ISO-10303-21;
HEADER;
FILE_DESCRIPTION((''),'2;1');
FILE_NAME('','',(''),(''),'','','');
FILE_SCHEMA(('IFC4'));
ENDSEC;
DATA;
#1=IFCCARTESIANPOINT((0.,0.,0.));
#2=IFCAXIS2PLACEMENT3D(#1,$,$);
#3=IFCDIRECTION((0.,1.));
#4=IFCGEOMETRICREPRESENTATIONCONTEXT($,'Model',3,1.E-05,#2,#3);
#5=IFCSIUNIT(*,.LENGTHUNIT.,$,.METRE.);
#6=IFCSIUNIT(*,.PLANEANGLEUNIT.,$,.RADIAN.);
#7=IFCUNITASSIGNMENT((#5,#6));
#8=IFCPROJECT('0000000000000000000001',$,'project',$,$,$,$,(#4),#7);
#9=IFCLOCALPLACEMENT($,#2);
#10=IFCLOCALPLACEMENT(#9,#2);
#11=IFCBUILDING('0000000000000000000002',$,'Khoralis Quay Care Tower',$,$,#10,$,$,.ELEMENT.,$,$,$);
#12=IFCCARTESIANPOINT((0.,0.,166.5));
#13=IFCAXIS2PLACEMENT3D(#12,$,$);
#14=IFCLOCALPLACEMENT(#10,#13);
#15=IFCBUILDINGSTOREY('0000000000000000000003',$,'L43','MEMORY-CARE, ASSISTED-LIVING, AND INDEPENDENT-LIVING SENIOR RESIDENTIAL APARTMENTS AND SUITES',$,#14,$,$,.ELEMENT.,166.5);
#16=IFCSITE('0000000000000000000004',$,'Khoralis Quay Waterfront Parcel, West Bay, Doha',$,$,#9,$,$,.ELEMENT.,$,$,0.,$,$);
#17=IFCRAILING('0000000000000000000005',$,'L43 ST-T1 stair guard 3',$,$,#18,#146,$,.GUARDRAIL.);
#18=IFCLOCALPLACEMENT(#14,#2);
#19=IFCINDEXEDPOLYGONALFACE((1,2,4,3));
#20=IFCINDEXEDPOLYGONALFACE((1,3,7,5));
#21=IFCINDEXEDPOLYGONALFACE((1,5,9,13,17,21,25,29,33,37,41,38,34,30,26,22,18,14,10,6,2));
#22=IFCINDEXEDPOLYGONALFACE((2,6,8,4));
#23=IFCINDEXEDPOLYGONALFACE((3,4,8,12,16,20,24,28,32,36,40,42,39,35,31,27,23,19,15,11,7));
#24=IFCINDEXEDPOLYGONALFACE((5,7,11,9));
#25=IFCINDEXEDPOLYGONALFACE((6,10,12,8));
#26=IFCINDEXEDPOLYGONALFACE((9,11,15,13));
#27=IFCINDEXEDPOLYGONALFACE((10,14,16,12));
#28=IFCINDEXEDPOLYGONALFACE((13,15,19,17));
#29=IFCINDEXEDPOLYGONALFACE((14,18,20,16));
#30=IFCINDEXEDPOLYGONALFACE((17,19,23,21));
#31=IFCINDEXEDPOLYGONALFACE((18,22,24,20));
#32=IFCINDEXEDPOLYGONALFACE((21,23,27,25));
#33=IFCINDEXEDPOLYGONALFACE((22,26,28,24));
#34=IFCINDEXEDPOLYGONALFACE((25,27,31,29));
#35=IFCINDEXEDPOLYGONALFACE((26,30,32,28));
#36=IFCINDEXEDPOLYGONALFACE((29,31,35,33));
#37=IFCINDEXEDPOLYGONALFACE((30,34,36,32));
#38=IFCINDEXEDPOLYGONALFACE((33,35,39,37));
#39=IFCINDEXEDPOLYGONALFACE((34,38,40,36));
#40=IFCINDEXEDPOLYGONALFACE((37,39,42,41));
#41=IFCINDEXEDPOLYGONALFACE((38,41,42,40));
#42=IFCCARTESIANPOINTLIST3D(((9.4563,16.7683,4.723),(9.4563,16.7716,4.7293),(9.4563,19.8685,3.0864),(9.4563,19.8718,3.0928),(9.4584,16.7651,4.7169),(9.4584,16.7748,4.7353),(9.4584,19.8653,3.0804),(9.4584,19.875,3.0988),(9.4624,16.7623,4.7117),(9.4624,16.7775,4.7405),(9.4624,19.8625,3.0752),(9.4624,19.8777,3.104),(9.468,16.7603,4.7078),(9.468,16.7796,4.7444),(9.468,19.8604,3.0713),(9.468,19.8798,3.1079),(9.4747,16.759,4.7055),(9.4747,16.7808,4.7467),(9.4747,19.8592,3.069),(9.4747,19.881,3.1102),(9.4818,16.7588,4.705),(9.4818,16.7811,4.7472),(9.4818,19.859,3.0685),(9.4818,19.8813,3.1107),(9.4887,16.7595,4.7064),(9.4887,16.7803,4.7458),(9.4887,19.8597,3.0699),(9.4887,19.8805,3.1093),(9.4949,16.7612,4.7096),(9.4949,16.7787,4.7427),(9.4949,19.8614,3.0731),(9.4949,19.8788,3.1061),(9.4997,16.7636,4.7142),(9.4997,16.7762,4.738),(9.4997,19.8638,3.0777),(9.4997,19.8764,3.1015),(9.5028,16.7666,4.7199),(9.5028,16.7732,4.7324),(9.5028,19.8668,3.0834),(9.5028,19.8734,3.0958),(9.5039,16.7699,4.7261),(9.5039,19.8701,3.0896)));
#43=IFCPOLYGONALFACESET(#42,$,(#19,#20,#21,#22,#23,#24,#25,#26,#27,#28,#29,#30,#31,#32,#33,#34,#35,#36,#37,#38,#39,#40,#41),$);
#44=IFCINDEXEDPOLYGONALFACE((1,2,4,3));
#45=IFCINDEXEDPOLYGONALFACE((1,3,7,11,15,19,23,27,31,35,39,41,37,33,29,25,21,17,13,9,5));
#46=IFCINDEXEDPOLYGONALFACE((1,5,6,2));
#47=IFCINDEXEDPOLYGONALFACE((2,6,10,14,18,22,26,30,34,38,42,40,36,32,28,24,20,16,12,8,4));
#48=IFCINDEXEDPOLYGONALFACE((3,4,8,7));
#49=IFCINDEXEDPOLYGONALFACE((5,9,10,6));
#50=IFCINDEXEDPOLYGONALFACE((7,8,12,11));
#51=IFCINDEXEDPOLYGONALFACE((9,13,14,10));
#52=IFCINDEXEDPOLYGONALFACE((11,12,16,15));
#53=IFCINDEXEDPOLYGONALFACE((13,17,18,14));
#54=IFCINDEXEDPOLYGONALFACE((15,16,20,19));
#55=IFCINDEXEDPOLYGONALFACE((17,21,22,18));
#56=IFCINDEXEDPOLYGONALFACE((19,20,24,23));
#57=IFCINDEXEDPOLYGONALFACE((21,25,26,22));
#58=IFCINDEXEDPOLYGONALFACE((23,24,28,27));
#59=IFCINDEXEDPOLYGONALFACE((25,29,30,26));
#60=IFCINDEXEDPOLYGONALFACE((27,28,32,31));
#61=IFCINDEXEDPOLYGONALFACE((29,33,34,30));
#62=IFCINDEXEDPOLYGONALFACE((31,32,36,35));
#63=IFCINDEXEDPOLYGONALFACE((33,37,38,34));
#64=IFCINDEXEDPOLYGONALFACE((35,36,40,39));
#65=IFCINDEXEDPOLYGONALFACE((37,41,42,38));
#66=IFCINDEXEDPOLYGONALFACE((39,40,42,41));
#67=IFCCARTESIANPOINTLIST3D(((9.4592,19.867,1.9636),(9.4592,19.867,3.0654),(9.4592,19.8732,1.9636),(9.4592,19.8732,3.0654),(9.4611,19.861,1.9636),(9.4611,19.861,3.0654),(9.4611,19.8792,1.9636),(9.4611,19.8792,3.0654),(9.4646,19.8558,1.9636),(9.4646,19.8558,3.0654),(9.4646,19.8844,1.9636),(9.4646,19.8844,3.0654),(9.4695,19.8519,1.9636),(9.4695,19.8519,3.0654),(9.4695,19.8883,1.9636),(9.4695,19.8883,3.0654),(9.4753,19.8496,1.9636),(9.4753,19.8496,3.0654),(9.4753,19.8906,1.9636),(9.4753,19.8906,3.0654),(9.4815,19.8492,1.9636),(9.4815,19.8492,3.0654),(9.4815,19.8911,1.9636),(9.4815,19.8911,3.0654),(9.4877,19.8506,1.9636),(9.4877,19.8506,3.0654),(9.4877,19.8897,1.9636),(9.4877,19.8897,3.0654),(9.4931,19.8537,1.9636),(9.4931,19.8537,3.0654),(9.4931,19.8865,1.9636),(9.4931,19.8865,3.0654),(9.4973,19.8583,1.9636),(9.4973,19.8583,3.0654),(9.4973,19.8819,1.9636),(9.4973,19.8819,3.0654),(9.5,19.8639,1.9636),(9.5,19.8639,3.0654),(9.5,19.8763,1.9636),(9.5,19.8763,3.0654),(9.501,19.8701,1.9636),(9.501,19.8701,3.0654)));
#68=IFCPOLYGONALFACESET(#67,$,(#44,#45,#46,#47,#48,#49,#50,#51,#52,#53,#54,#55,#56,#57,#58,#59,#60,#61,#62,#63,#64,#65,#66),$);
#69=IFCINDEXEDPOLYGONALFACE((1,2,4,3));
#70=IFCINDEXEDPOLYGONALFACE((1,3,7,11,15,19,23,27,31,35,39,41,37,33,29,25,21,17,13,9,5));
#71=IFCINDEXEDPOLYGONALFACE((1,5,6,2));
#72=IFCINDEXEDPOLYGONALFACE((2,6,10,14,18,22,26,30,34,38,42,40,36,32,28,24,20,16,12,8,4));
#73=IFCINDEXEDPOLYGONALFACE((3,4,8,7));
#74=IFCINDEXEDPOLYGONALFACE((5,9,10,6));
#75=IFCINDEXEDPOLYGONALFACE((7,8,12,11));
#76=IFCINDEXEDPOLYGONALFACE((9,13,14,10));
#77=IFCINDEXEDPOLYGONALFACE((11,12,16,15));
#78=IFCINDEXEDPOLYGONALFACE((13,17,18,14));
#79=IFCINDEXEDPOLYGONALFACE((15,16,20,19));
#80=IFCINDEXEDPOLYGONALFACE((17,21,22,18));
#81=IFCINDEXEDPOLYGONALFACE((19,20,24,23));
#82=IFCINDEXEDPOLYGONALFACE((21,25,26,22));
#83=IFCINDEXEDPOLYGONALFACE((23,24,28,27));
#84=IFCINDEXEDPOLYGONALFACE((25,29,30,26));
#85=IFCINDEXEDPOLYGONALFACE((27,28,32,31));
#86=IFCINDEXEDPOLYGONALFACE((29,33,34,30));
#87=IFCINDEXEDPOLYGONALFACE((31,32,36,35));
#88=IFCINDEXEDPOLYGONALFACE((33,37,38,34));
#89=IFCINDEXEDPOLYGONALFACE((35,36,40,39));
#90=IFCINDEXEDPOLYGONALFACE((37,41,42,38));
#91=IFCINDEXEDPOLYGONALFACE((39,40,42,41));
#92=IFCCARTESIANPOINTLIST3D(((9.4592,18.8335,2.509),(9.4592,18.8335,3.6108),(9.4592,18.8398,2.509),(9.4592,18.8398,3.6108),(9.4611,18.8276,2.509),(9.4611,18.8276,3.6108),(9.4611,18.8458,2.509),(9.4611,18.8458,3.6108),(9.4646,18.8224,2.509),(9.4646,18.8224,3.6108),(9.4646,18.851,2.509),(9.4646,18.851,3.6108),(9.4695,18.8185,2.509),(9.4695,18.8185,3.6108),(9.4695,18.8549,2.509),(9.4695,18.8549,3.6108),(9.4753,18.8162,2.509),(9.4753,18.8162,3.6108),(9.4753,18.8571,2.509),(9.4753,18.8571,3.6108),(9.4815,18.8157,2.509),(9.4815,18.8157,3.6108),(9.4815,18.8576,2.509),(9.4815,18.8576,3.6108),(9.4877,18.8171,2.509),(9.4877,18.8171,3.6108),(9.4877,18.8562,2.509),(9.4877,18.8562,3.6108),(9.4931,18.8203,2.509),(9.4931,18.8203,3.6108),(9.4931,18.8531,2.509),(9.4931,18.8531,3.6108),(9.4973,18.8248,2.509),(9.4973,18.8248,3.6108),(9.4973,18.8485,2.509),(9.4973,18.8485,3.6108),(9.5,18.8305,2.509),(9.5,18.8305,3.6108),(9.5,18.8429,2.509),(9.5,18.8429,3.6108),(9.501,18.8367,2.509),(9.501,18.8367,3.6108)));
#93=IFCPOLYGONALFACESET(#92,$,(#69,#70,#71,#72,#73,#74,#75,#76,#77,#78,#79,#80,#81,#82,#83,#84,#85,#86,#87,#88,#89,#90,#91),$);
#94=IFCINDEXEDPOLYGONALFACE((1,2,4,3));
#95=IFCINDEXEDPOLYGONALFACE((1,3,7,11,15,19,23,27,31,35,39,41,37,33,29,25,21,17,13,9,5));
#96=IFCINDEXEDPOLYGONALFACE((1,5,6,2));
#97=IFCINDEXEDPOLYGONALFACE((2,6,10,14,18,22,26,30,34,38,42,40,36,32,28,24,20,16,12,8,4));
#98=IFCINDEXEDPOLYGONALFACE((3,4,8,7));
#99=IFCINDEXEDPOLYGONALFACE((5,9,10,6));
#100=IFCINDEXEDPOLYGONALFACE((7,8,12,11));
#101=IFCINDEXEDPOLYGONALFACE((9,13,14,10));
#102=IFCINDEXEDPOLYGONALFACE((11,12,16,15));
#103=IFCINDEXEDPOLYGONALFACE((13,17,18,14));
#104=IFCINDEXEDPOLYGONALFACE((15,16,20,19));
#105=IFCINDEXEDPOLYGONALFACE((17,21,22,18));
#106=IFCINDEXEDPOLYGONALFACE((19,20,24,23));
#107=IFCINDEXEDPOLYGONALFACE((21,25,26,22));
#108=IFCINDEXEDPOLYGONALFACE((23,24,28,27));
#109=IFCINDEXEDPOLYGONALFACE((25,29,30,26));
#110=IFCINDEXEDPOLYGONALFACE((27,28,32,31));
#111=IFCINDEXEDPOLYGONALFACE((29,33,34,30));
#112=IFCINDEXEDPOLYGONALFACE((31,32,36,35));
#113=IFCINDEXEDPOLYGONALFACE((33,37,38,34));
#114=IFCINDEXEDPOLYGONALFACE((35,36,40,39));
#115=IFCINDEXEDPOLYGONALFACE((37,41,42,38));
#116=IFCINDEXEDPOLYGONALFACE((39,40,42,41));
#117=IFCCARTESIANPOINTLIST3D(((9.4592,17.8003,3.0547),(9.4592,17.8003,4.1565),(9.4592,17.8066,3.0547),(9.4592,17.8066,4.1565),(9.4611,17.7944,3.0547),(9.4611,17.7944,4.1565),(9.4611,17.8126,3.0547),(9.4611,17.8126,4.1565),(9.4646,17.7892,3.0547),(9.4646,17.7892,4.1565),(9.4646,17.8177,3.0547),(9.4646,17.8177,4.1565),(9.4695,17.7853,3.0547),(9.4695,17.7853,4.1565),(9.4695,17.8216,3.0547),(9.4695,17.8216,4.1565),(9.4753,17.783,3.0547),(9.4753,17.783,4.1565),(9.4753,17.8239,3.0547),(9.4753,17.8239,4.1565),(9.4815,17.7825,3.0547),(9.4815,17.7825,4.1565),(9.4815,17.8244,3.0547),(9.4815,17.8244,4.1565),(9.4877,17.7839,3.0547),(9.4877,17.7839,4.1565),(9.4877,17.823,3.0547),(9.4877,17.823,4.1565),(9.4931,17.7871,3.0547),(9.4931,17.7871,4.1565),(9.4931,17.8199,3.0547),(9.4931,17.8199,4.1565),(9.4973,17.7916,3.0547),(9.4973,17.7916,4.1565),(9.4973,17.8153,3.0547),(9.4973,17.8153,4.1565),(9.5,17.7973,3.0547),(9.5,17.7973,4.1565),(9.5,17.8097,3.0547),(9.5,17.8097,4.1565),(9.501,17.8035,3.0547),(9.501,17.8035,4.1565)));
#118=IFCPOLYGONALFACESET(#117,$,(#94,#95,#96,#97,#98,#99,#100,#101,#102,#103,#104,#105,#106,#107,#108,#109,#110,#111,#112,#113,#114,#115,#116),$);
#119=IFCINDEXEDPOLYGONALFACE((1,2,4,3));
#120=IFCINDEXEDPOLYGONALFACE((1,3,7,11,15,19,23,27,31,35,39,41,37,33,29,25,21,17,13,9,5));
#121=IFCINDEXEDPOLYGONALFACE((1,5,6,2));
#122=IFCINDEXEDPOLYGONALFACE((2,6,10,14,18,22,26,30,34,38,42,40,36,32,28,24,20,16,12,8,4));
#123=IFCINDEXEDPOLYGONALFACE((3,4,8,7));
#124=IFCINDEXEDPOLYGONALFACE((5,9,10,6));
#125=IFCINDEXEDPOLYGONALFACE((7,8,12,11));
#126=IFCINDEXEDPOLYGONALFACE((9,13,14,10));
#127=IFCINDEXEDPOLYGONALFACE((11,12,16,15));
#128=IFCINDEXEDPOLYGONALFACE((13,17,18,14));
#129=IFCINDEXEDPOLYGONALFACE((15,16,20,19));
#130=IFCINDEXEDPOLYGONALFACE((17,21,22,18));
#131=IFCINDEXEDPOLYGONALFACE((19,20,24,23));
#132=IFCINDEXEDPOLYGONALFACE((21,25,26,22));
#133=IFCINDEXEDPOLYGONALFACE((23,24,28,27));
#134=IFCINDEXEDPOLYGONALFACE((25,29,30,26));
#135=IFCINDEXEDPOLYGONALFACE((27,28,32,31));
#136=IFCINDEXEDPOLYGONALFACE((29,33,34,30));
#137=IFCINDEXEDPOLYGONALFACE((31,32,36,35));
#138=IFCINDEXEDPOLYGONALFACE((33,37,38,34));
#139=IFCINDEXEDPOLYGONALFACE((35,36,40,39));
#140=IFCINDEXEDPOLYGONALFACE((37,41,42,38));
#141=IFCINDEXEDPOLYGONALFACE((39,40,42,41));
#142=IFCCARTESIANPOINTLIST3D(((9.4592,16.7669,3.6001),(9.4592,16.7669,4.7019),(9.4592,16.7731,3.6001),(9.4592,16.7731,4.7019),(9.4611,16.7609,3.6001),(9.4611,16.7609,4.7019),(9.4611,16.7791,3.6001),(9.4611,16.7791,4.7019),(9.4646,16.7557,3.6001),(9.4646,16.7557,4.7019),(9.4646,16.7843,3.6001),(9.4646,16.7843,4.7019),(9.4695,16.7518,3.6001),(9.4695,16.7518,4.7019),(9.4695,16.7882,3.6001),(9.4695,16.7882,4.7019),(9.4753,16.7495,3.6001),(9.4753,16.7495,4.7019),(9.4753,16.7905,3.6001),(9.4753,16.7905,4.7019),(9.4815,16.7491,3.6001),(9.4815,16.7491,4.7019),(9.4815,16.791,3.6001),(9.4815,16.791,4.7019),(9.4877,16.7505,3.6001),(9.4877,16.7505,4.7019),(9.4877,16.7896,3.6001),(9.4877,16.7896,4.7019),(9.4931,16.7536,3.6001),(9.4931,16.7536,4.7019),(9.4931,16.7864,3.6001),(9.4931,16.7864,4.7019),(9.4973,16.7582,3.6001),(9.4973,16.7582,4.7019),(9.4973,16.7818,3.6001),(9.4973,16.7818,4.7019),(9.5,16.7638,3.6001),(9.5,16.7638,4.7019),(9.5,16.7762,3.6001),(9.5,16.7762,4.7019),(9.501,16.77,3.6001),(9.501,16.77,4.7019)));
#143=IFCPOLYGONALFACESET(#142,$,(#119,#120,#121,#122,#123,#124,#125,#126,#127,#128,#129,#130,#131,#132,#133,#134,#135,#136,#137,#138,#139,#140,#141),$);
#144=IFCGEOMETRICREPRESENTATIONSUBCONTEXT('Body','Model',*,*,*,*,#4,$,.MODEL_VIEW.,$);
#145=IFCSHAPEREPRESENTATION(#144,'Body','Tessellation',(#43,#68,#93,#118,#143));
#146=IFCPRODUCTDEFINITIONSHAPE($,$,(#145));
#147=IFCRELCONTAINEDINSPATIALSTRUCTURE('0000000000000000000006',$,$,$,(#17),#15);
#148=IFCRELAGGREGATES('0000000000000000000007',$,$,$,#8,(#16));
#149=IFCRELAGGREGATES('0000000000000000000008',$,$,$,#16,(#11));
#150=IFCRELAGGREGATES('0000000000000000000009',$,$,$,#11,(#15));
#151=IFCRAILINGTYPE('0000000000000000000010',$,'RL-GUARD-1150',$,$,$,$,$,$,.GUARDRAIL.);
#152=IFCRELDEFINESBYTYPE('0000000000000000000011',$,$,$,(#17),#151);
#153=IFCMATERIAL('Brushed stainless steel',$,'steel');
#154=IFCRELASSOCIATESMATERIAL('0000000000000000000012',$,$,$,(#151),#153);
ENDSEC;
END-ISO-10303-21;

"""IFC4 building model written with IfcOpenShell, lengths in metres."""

from ifc_helpers import new_model, si_unit, direction, frame, origin, origin_2d, place, context, subcontext, project, spatial, circle, extrude, material, type_object, element, save


model = new_model("IFC4")

# Units and contexts
model_context = context("Model", 3, precision=1e-05, world=origin(), true_north=direction((0.0, 1.0)))
body_context = subcontext(model_context, "Body", "Model", "MODEL_VIEW")
ifc_project = project(units=[si_unit("LENGTHUNIT", "METRE"), si_unit("PLANEANGLEUNIT", "RADIAN")], contexts=[model_context])

# Site, building, storey
site_placement = place(None, origin())
site = spatial("IfcSite", under=ifc_project, at=site_placement, Name="Khoralis Quay Waterfront Parcel, West Bay, Doha", CompositionType="ELEMENT", RefElevation=0.0)
building_placement = place(site_placement, origin())
building = spatial("IfcBuilding", under=site, at=building_placement, Name="Khoralis Quay Care Tower", CompositionType="ELEMENT")
storey_placement = place(building_placement, frame((0.0, 0.0, 166.5)))
storey = spatial("IfcBuildingStorey", under=building, at=storey_placement, Name="L43", Description="MEMORY-CARE, ASSISTED-LIVING, AND INDEPENDENT-LIVING SENIOR RESIDENTIAL APARTMENTS AND SUITES", CompositionType="ELEMENT", Elevation=166.5)

# Shared definitions
ifc_material_1 = material(Name="Brushed stainless steel", Category="steel")

# Railing
railing_type_1 = type_object("IfcRailingType", Name="RL-GUARD-1150", PredefinedType="GUARDRAIL", material=ifc_material_1)
railing_1_placement = place(storey_placement, frame((9.48, 19.8701, 1.9636)))
element("IfcRailing", 1, at=railing_1_placement, inside=storey, type_object=railing_type_1, Name="L43 ST-T1 stair guard 3", PredefinedType="GUARDRAIL", context=body_context, shape_type="SweptSolid", body=[
    extrude(circle(Radius=0.0239, at=origin_2d()), frame((0.0, 0.0, 1.126), z_axis=(0.0, -0.884348, 0.466828), x_axis=(1.0, 0.0, 0.0)), (0.0, 0.0, 1.0), 3.5056),
    extrude(circle(Radius=0.021, at=origin_2d()), origin(), (0.0, 0.0, 1.0), 1.1018),
    extrude(circle(Radius=0.021, at=origin_2d()), frame((0.0, -1.0334, 0.5454)), (0.0, 0.0, 1.0), 1.1018),
    extrude(circle(Radius=0.021, at=origin_2d()), frame((0.0, -2.0667, 1.0911)), (0.0, 0.0, 1.0), 1.1018),
    extrude(circle(Radius=0.021, at=origin_2d()), frame((0.0, -3.1001, 1.6365)), (0.0, 0.0, 1.0), 1.1018),
])

save(model, "model.ifc")
